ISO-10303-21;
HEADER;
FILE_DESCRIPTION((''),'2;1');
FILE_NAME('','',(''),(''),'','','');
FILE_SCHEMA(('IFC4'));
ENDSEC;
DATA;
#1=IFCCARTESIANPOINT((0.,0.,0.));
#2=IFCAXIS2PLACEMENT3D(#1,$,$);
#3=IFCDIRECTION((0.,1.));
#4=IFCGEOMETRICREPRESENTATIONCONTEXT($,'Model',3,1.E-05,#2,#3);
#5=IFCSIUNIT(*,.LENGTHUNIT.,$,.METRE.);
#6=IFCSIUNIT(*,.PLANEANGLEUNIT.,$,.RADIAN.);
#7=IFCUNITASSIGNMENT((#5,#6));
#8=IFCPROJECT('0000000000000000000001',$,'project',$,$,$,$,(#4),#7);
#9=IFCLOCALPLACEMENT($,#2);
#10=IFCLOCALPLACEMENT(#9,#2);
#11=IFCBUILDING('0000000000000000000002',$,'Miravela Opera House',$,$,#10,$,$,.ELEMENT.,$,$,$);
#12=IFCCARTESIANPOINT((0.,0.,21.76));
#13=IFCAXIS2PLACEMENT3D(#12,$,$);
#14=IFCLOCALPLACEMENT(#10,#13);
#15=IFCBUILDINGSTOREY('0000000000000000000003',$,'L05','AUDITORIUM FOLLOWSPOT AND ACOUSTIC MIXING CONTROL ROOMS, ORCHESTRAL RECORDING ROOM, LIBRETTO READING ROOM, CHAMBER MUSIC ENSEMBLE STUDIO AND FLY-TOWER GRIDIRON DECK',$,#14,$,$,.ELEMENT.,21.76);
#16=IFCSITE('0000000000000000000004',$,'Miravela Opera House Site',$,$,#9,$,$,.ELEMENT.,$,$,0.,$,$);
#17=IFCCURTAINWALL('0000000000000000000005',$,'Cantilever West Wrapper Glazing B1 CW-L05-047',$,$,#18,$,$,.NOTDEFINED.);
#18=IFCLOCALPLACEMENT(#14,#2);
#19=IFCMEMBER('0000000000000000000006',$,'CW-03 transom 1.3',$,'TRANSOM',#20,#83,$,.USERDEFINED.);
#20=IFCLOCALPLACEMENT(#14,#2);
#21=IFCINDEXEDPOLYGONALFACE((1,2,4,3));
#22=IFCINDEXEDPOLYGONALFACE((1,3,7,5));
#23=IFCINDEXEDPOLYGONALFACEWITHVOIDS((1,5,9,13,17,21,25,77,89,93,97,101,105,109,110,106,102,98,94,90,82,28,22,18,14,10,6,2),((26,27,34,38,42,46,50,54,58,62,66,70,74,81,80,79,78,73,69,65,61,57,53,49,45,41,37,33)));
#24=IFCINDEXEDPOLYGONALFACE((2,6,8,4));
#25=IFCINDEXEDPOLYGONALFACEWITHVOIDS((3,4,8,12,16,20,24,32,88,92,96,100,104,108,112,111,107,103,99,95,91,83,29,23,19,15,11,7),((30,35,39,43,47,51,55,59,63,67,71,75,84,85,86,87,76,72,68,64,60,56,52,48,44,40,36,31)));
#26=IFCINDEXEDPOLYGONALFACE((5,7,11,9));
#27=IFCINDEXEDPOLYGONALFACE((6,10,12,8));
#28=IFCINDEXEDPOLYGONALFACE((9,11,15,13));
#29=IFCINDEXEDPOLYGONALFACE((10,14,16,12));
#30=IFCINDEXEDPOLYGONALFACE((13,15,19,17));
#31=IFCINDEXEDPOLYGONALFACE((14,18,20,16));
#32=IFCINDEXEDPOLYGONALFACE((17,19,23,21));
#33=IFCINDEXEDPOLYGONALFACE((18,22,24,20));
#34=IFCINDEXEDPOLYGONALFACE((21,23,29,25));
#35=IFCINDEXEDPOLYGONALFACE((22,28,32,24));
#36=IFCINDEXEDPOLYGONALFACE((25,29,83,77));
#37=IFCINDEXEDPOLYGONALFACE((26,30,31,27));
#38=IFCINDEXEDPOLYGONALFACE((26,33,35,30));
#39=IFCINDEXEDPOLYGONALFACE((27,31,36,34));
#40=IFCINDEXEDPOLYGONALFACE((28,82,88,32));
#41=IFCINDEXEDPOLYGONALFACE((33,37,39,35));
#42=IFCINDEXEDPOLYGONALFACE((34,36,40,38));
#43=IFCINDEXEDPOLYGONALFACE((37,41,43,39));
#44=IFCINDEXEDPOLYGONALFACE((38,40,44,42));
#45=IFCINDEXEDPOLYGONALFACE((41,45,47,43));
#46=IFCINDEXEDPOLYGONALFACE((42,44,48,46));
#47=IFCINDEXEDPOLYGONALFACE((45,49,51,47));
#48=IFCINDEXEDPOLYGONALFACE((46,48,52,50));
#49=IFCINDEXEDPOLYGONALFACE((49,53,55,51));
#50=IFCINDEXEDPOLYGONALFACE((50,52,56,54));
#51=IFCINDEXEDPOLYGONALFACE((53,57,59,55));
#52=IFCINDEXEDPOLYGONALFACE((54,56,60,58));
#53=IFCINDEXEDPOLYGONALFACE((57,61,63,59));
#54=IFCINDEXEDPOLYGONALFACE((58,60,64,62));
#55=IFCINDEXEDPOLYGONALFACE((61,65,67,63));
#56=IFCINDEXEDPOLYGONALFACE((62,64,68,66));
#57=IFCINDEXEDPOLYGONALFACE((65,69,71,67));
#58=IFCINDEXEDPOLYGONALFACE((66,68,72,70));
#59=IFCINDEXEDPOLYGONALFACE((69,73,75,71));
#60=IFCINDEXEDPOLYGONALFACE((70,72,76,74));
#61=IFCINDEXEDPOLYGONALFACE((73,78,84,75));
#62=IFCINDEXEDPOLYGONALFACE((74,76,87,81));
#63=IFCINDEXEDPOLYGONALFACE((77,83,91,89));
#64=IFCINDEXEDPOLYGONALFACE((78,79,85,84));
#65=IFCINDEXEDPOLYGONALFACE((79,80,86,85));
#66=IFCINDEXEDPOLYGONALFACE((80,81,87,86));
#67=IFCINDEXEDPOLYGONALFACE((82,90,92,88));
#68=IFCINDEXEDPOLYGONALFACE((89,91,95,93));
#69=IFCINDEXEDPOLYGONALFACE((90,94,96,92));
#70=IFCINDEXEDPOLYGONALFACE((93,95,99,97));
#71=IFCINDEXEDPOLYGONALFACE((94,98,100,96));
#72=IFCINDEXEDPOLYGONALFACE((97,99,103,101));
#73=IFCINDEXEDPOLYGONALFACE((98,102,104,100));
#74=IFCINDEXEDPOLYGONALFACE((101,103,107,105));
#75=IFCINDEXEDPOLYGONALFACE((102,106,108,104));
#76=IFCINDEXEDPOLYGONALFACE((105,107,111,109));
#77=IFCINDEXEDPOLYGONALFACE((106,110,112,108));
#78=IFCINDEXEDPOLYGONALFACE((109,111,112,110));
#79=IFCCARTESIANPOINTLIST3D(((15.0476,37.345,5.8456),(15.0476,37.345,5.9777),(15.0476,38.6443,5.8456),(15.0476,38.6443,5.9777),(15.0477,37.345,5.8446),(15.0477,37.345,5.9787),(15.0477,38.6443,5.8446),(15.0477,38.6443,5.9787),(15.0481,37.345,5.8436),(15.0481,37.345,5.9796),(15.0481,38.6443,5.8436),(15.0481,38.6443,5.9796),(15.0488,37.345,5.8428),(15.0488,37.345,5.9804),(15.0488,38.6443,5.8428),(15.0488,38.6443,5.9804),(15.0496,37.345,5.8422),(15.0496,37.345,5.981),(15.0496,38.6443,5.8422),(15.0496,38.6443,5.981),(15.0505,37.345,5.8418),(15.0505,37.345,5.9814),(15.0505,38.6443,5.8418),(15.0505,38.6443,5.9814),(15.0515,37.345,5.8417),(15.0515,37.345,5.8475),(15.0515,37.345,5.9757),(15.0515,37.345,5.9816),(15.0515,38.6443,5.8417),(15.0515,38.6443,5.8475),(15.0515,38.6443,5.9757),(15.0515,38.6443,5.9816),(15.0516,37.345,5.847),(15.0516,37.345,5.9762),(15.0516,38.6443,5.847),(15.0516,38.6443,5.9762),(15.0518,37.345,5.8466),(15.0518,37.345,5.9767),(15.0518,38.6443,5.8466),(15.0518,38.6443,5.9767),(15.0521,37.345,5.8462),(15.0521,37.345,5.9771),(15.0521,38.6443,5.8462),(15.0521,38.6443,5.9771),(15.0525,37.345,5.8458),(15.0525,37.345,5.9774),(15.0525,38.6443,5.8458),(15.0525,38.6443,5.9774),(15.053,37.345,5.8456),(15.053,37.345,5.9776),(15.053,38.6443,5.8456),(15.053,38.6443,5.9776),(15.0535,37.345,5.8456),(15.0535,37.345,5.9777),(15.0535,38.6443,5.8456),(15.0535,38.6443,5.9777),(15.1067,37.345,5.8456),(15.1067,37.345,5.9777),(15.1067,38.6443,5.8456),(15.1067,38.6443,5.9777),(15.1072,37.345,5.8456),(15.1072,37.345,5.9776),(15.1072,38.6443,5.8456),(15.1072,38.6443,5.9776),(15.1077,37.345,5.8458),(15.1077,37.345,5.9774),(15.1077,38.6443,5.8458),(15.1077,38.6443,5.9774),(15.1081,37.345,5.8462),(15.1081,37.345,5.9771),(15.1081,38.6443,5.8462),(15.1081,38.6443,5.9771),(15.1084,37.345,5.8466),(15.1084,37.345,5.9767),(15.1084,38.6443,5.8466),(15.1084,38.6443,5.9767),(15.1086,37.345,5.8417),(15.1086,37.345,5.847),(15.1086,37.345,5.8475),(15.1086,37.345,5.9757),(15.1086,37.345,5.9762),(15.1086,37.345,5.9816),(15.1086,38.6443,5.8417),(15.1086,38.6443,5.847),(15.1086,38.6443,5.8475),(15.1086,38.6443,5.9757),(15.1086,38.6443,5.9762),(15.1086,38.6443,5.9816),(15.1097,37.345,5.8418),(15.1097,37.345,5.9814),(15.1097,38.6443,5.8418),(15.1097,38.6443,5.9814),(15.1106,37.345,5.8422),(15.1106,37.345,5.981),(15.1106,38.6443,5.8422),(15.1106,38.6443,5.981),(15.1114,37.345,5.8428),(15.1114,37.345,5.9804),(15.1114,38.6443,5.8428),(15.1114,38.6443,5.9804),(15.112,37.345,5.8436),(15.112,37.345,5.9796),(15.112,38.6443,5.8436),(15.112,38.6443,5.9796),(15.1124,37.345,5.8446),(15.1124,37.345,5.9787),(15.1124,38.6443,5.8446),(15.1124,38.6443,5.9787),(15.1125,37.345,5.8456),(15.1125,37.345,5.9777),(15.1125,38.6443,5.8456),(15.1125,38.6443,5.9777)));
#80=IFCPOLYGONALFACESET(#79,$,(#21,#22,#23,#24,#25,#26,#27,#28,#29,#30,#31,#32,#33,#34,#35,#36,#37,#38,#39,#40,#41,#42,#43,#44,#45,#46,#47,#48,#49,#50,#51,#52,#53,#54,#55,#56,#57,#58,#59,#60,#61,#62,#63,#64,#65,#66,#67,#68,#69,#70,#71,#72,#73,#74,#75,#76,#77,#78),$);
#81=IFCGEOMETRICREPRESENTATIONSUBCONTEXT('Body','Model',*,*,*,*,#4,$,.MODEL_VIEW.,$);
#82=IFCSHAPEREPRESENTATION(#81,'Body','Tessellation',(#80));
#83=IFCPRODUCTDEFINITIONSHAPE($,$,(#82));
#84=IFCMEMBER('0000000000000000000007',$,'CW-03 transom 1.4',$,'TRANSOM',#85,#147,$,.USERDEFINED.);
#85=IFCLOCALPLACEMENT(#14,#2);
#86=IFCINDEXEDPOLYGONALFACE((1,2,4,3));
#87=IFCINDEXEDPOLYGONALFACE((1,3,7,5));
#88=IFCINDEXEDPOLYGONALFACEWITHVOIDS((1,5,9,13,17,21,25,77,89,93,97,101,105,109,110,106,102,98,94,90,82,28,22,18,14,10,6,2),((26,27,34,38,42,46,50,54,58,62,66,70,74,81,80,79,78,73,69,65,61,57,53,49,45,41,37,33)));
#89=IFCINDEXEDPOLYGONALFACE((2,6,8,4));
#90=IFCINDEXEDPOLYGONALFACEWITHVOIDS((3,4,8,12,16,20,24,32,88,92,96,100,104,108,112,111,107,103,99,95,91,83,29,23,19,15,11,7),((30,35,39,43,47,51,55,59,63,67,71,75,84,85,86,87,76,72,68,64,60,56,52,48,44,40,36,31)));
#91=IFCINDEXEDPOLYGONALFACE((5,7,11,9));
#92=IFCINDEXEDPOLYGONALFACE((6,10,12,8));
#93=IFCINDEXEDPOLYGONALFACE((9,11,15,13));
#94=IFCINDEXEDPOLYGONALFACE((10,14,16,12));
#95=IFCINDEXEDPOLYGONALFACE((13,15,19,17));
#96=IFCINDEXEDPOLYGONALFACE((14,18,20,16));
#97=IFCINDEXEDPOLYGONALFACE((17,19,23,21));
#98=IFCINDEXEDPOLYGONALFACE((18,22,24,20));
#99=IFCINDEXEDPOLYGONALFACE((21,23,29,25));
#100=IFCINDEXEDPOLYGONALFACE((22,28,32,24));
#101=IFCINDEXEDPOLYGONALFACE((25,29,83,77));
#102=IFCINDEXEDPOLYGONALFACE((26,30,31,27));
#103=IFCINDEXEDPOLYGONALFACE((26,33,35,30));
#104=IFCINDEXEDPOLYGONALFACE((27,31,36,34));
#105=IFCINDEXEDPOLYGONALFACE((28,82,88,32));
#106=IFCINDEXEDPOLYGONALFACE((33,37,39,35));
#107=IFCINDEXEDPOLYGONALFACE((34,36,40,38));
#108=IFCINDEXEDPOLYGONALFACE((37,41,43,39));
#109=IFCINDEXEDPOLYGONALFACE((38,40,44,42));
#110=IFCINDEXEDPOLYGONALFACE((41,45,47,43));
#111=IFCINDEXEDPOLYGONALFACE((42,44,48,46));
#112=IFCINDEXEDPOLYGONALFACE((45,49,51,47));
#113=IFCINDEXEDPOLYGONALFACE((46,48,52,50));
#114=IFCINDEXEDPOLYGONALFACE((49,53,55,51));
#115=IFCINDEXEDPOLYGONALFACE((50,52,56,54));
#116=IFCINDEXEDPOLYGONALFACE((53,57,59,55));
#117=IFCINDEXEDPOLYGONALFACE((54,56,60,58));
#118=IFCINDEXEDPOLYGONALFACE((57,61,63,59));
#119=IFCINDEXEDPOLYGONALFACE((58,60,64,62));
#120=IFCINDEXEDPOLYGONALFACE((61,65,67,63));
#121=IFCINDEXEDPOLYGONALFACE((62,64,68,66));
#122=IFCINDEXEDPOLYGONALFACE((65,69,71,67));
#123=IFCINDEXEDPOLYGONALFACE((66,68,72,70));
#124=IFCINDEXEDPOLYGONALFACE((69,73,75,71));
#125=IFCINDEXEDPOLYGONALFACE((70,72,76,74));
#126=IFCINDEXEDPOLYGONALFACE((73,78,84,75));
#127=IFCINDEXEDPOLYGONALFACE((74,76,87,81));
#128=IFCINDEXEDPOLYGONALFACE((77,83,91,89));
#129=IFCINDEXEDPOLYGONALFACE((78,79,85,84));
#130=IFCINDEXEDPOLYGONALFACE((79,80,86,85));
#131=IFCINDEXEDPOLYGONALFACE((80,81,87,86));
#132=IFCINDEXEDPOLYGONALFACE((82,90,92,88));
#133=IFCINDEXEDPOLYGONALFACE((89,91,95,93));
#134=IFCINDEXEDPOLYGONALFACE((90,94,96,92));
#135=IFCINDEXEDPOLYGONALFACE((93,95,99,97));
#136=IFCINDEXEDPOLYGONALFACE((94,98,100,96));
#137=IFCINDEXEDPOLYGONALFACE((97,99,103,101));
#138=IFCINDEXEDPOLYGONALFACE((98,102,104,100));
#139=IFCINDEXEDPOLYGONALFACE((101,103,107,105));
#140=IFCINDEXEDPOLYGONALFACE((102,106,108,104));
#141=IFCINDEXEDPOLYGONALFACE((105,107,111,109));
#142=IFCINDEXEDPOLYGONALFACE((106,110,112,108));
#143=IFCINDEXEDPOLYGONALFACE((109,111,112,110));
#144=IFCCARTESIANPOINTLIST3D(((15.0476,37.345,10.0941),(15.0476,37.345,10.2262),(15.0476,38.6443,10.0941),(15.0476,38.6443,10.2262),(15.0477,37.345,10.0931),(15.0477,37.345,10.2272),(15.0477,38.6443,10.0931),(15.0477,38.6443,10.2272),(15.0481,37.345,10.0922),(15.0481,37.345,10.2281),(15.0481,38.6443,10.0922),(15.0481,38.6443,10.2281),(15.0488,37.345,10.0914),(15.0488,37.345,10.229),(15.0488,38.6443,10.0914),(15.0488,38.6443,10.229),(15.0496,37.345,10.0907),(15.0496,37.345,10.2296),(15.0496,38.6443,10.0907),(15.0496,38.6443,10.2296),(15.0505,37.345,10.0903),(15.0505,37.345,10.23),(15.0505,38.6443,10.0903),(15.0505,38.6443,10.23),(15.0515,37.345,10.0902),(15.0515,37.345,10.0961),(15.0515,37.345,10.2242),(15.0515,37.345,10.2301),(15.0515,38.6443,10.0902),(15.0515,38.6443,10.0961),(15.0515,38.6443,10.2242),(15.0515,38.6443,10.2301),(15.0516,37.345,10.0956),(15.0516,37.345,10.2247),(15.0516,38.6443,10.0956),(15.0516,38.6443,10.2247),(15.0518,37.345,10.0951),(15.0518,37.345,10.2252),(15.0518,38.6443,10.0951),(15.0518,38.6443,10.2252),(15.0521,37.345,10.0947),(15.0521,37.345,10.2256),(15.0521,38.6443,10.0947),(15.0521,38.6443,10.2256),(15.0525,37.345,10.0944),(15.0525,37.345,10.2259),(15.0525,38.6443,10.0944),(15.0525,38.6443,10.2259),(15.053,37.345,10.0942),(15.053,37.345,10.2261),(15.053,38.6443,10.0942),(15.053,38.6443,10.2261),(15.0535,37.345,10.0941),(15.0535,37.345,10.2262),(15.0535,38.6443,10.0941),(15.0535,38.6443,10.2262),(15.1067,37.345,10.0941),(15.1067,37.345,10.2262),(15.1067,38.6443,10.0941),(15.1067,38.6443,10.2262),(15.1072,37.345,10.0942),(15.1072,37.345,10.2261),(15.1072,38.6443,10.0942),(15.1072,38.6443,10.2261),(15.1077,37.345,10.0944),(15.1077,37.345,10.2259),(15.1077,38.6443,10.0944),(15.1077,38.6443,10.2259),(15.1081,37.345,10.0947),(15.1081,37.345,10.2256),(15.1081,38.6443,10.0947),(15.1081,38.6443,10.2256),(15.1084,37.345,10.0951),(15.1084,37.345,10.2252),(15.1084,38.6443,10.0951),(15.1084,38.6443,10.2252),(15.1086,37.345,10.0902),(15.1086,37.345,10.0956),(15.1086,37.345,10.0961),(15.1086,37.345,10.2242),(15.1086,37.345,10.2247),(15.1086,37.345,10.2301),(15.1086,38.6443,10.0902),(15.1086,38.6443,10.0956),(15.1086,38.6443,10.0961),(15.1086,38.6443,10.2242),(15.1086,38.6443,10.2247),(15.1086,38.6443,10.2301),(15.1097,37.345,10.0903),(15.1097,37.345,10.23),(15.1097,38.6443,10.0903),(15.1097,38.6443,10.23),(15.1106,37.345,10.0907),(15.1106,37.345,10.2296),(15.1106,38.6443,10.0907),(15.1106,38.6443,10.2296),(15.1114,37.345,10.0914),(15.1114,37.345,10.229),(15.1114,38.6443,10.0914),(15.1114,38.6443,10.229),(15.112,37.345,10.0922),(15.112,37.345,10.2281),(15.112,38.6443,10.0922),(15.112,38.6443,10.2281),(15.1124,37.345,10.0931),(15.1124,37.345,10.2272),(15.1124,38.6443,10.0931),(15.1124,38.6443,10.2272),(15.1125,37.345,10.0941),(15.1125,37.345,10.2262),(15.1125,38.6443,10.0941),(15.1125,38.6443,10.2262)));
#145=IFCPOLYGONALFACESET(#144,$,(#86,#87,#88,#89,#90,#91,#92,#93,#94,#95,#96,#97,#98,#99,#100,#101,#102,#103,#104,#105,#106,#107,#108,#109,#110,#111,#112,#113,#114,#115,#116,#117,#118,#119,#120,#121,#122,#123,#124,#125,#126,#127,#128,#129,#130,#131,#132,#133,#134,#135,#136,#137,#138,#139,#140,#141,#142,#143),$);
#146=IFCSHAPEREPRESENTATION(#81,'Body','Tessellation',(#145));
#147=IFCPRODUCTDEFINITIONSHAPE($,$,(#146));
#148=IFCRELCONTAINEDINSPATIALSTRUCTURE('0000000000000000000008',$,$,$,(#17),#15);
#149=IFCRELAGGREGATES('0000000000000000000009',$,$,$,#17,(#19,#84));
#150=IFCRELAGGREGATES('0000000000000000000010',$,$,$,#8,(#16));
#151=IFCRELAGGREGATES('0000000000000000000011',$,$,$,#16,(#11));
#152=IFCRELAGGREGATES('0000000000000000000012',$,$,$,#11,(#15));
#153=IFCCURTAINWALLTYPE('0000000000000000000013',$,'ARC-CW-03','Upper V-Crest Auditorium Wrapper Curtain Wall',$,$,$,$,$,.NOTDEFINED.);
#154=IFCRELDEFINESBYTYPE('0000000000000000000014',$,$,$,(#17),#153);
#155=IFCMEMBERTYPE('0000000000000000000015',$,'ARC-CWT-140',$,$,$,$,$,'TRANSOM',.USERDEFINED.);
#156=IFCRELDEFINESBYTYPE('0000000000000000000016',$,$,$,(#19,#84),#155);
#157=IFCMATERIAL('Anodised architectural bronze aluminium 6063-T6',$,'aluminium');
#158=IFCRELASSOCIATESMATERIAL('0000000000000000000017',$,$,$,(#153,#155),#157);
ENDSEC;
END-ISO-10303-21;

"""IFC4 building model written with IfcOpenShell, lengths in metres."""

from ifc_helpers import new_model, si_unit, direction, frame, origin, origin_2d, place, context, subcontext, project, spatial, hollow_rectangle, extrude, material, material_profile, profile_set, type_object, element, aggregate, save


model = new_model("IFC4")

# Units and contexts
model_context = context("Model", 3, precision=1e-05, world=origin(), true_north=direction((0.0, 1.0)))
body_context = subcontext(model_context, "Body", "Model", "MODEL_VIEW")
ifc_project = project(units=[si_unit("LENGTHUNIT", "METRE"), si_unit("PLANEANGLEUNIT", "RADIAN")], contexts=[model_context])

# Site, building, storey
site_placement = place(None, origin())
site = spatial("IfcSite", under=ifc_project, at=site_placement, Name="Miravela Opera House Site", CompositionType="ELEMENT", RefElevation=0.0)
building_placement = place(site_placement, origin())
building = spatial("IfcBuilding", under=site, at=building_placement, Name="Miravela Opera House", CompositionType="ELEMENT")
storey_placement = place(building_placement, frame((0.0, 0.0, 21.76)))
storey = spatial("IfcBuildingStorey", under=building, at=storey_placement, Name="L05", Description="AUDITORIUM FOLLOWSPOT AND ACOUSTIC MIXING CONTROL ROOMS, ORCHESTRAL RECORDING ROOM, LIBRETTO READING ROOM, CHAMBER MUSIC ENSEMBLE STUDIO AND FLY-TOWER GRIDIRON DECK", CompositionType="ELEMENT", Elevation=21.76)

# Curtain wall, members
ifc_material_1 = material(Name="Anodised architectural bronze aluminium 6063-T6", Category="aluminium")
curtain_wall_type = type_object("IfcCurtainWallType", Name="ARC-CW-03", Description="Upper V-Crest Auditorium Wrapper Curtain Wall", PredefinedType="NOTDEFINED", material=ifc_material_1)
curtain_wall_1_placement = place(storey_placement, origin())
curtain_wall_1 = element("IfcCurtainWall", 1, at=curtain_wall_1_placement, inside=storey, type_object=curtain_wall_type, Name="Cantilever West Wrapper Glazing B1 CW-L05-047", PredefinedType="NOTDEFINED")
ifc_material_profile_1 = material_profile(ifc_material_1, hollow_rectangle(XDim=0.0649, YDim=0.1399, WallThickness=0.0039, InnerFilletRadius=0.002, OuterFilletRadius=0.0039, at=origin_2d()), Name="CWT-65X140")
ifc_profile_set_1 = profile_set([ifc_material_profile_1])
member_type_1 = type_object("IfcMemberType", Name="ARC-CWT-140", ElementType="TRANSOM", PredefinedType="USERDEFINED", material=ifc_profile_set_1)
member_1_placement = place(storey_placement, frame((15.0801, 37.345, 5.9116), z_axis=(0.0, 1.0, 0.0), x_axis=(-1.0, 0.0, 0.0)))
member_1 = element("IfcMember", 2, at=member_1_placement, type_object=member_type_1, Name="CW-03 transom 1.3", ObjectType="TRANSOM", PredefinedType="USERDEFINED", context=body_context, shape_type="SweptSolid", body=[
    extrude(hollow_rectangle(XDim=0.0649, YDim=0.1399, WallThickness=0.0039, InnerFilletRadius=0.002, OuterFilletRadius=0.0039, at=origin_2d()), origin(), (0.0, 0.0, 1.0), 1.2993),
])
member_2_placement = place(storey_placement, frame((15.0801, 37.345, 10.1602), z_axis=(0.0, 1.0, 0.0), x_axis=(-1.0, 0.0, 0.0)))
member_2 = element("IfcMember", 3, at=member_2_placement, type_object=member_type_1, Name="CW-03 transom 1.4", ObjectType="TRANSOM", PredefinedType="USERDEFINED", context=body_context, shape_type="SweptSolid", body=[
    extrude(hollow_rectangle(XDim=0.0649, YDim=0.1399, WallThickness=0.0039, InnerFilletRadius=0.002, OuterFilletRadius=0.0039, at=origin_2d()), origin(), (0.0, 0.0, 1.0), 1.2993),
])

aggregate(curtain_wall_1, [member_1, member_2])

save(model, "model.ifc")
